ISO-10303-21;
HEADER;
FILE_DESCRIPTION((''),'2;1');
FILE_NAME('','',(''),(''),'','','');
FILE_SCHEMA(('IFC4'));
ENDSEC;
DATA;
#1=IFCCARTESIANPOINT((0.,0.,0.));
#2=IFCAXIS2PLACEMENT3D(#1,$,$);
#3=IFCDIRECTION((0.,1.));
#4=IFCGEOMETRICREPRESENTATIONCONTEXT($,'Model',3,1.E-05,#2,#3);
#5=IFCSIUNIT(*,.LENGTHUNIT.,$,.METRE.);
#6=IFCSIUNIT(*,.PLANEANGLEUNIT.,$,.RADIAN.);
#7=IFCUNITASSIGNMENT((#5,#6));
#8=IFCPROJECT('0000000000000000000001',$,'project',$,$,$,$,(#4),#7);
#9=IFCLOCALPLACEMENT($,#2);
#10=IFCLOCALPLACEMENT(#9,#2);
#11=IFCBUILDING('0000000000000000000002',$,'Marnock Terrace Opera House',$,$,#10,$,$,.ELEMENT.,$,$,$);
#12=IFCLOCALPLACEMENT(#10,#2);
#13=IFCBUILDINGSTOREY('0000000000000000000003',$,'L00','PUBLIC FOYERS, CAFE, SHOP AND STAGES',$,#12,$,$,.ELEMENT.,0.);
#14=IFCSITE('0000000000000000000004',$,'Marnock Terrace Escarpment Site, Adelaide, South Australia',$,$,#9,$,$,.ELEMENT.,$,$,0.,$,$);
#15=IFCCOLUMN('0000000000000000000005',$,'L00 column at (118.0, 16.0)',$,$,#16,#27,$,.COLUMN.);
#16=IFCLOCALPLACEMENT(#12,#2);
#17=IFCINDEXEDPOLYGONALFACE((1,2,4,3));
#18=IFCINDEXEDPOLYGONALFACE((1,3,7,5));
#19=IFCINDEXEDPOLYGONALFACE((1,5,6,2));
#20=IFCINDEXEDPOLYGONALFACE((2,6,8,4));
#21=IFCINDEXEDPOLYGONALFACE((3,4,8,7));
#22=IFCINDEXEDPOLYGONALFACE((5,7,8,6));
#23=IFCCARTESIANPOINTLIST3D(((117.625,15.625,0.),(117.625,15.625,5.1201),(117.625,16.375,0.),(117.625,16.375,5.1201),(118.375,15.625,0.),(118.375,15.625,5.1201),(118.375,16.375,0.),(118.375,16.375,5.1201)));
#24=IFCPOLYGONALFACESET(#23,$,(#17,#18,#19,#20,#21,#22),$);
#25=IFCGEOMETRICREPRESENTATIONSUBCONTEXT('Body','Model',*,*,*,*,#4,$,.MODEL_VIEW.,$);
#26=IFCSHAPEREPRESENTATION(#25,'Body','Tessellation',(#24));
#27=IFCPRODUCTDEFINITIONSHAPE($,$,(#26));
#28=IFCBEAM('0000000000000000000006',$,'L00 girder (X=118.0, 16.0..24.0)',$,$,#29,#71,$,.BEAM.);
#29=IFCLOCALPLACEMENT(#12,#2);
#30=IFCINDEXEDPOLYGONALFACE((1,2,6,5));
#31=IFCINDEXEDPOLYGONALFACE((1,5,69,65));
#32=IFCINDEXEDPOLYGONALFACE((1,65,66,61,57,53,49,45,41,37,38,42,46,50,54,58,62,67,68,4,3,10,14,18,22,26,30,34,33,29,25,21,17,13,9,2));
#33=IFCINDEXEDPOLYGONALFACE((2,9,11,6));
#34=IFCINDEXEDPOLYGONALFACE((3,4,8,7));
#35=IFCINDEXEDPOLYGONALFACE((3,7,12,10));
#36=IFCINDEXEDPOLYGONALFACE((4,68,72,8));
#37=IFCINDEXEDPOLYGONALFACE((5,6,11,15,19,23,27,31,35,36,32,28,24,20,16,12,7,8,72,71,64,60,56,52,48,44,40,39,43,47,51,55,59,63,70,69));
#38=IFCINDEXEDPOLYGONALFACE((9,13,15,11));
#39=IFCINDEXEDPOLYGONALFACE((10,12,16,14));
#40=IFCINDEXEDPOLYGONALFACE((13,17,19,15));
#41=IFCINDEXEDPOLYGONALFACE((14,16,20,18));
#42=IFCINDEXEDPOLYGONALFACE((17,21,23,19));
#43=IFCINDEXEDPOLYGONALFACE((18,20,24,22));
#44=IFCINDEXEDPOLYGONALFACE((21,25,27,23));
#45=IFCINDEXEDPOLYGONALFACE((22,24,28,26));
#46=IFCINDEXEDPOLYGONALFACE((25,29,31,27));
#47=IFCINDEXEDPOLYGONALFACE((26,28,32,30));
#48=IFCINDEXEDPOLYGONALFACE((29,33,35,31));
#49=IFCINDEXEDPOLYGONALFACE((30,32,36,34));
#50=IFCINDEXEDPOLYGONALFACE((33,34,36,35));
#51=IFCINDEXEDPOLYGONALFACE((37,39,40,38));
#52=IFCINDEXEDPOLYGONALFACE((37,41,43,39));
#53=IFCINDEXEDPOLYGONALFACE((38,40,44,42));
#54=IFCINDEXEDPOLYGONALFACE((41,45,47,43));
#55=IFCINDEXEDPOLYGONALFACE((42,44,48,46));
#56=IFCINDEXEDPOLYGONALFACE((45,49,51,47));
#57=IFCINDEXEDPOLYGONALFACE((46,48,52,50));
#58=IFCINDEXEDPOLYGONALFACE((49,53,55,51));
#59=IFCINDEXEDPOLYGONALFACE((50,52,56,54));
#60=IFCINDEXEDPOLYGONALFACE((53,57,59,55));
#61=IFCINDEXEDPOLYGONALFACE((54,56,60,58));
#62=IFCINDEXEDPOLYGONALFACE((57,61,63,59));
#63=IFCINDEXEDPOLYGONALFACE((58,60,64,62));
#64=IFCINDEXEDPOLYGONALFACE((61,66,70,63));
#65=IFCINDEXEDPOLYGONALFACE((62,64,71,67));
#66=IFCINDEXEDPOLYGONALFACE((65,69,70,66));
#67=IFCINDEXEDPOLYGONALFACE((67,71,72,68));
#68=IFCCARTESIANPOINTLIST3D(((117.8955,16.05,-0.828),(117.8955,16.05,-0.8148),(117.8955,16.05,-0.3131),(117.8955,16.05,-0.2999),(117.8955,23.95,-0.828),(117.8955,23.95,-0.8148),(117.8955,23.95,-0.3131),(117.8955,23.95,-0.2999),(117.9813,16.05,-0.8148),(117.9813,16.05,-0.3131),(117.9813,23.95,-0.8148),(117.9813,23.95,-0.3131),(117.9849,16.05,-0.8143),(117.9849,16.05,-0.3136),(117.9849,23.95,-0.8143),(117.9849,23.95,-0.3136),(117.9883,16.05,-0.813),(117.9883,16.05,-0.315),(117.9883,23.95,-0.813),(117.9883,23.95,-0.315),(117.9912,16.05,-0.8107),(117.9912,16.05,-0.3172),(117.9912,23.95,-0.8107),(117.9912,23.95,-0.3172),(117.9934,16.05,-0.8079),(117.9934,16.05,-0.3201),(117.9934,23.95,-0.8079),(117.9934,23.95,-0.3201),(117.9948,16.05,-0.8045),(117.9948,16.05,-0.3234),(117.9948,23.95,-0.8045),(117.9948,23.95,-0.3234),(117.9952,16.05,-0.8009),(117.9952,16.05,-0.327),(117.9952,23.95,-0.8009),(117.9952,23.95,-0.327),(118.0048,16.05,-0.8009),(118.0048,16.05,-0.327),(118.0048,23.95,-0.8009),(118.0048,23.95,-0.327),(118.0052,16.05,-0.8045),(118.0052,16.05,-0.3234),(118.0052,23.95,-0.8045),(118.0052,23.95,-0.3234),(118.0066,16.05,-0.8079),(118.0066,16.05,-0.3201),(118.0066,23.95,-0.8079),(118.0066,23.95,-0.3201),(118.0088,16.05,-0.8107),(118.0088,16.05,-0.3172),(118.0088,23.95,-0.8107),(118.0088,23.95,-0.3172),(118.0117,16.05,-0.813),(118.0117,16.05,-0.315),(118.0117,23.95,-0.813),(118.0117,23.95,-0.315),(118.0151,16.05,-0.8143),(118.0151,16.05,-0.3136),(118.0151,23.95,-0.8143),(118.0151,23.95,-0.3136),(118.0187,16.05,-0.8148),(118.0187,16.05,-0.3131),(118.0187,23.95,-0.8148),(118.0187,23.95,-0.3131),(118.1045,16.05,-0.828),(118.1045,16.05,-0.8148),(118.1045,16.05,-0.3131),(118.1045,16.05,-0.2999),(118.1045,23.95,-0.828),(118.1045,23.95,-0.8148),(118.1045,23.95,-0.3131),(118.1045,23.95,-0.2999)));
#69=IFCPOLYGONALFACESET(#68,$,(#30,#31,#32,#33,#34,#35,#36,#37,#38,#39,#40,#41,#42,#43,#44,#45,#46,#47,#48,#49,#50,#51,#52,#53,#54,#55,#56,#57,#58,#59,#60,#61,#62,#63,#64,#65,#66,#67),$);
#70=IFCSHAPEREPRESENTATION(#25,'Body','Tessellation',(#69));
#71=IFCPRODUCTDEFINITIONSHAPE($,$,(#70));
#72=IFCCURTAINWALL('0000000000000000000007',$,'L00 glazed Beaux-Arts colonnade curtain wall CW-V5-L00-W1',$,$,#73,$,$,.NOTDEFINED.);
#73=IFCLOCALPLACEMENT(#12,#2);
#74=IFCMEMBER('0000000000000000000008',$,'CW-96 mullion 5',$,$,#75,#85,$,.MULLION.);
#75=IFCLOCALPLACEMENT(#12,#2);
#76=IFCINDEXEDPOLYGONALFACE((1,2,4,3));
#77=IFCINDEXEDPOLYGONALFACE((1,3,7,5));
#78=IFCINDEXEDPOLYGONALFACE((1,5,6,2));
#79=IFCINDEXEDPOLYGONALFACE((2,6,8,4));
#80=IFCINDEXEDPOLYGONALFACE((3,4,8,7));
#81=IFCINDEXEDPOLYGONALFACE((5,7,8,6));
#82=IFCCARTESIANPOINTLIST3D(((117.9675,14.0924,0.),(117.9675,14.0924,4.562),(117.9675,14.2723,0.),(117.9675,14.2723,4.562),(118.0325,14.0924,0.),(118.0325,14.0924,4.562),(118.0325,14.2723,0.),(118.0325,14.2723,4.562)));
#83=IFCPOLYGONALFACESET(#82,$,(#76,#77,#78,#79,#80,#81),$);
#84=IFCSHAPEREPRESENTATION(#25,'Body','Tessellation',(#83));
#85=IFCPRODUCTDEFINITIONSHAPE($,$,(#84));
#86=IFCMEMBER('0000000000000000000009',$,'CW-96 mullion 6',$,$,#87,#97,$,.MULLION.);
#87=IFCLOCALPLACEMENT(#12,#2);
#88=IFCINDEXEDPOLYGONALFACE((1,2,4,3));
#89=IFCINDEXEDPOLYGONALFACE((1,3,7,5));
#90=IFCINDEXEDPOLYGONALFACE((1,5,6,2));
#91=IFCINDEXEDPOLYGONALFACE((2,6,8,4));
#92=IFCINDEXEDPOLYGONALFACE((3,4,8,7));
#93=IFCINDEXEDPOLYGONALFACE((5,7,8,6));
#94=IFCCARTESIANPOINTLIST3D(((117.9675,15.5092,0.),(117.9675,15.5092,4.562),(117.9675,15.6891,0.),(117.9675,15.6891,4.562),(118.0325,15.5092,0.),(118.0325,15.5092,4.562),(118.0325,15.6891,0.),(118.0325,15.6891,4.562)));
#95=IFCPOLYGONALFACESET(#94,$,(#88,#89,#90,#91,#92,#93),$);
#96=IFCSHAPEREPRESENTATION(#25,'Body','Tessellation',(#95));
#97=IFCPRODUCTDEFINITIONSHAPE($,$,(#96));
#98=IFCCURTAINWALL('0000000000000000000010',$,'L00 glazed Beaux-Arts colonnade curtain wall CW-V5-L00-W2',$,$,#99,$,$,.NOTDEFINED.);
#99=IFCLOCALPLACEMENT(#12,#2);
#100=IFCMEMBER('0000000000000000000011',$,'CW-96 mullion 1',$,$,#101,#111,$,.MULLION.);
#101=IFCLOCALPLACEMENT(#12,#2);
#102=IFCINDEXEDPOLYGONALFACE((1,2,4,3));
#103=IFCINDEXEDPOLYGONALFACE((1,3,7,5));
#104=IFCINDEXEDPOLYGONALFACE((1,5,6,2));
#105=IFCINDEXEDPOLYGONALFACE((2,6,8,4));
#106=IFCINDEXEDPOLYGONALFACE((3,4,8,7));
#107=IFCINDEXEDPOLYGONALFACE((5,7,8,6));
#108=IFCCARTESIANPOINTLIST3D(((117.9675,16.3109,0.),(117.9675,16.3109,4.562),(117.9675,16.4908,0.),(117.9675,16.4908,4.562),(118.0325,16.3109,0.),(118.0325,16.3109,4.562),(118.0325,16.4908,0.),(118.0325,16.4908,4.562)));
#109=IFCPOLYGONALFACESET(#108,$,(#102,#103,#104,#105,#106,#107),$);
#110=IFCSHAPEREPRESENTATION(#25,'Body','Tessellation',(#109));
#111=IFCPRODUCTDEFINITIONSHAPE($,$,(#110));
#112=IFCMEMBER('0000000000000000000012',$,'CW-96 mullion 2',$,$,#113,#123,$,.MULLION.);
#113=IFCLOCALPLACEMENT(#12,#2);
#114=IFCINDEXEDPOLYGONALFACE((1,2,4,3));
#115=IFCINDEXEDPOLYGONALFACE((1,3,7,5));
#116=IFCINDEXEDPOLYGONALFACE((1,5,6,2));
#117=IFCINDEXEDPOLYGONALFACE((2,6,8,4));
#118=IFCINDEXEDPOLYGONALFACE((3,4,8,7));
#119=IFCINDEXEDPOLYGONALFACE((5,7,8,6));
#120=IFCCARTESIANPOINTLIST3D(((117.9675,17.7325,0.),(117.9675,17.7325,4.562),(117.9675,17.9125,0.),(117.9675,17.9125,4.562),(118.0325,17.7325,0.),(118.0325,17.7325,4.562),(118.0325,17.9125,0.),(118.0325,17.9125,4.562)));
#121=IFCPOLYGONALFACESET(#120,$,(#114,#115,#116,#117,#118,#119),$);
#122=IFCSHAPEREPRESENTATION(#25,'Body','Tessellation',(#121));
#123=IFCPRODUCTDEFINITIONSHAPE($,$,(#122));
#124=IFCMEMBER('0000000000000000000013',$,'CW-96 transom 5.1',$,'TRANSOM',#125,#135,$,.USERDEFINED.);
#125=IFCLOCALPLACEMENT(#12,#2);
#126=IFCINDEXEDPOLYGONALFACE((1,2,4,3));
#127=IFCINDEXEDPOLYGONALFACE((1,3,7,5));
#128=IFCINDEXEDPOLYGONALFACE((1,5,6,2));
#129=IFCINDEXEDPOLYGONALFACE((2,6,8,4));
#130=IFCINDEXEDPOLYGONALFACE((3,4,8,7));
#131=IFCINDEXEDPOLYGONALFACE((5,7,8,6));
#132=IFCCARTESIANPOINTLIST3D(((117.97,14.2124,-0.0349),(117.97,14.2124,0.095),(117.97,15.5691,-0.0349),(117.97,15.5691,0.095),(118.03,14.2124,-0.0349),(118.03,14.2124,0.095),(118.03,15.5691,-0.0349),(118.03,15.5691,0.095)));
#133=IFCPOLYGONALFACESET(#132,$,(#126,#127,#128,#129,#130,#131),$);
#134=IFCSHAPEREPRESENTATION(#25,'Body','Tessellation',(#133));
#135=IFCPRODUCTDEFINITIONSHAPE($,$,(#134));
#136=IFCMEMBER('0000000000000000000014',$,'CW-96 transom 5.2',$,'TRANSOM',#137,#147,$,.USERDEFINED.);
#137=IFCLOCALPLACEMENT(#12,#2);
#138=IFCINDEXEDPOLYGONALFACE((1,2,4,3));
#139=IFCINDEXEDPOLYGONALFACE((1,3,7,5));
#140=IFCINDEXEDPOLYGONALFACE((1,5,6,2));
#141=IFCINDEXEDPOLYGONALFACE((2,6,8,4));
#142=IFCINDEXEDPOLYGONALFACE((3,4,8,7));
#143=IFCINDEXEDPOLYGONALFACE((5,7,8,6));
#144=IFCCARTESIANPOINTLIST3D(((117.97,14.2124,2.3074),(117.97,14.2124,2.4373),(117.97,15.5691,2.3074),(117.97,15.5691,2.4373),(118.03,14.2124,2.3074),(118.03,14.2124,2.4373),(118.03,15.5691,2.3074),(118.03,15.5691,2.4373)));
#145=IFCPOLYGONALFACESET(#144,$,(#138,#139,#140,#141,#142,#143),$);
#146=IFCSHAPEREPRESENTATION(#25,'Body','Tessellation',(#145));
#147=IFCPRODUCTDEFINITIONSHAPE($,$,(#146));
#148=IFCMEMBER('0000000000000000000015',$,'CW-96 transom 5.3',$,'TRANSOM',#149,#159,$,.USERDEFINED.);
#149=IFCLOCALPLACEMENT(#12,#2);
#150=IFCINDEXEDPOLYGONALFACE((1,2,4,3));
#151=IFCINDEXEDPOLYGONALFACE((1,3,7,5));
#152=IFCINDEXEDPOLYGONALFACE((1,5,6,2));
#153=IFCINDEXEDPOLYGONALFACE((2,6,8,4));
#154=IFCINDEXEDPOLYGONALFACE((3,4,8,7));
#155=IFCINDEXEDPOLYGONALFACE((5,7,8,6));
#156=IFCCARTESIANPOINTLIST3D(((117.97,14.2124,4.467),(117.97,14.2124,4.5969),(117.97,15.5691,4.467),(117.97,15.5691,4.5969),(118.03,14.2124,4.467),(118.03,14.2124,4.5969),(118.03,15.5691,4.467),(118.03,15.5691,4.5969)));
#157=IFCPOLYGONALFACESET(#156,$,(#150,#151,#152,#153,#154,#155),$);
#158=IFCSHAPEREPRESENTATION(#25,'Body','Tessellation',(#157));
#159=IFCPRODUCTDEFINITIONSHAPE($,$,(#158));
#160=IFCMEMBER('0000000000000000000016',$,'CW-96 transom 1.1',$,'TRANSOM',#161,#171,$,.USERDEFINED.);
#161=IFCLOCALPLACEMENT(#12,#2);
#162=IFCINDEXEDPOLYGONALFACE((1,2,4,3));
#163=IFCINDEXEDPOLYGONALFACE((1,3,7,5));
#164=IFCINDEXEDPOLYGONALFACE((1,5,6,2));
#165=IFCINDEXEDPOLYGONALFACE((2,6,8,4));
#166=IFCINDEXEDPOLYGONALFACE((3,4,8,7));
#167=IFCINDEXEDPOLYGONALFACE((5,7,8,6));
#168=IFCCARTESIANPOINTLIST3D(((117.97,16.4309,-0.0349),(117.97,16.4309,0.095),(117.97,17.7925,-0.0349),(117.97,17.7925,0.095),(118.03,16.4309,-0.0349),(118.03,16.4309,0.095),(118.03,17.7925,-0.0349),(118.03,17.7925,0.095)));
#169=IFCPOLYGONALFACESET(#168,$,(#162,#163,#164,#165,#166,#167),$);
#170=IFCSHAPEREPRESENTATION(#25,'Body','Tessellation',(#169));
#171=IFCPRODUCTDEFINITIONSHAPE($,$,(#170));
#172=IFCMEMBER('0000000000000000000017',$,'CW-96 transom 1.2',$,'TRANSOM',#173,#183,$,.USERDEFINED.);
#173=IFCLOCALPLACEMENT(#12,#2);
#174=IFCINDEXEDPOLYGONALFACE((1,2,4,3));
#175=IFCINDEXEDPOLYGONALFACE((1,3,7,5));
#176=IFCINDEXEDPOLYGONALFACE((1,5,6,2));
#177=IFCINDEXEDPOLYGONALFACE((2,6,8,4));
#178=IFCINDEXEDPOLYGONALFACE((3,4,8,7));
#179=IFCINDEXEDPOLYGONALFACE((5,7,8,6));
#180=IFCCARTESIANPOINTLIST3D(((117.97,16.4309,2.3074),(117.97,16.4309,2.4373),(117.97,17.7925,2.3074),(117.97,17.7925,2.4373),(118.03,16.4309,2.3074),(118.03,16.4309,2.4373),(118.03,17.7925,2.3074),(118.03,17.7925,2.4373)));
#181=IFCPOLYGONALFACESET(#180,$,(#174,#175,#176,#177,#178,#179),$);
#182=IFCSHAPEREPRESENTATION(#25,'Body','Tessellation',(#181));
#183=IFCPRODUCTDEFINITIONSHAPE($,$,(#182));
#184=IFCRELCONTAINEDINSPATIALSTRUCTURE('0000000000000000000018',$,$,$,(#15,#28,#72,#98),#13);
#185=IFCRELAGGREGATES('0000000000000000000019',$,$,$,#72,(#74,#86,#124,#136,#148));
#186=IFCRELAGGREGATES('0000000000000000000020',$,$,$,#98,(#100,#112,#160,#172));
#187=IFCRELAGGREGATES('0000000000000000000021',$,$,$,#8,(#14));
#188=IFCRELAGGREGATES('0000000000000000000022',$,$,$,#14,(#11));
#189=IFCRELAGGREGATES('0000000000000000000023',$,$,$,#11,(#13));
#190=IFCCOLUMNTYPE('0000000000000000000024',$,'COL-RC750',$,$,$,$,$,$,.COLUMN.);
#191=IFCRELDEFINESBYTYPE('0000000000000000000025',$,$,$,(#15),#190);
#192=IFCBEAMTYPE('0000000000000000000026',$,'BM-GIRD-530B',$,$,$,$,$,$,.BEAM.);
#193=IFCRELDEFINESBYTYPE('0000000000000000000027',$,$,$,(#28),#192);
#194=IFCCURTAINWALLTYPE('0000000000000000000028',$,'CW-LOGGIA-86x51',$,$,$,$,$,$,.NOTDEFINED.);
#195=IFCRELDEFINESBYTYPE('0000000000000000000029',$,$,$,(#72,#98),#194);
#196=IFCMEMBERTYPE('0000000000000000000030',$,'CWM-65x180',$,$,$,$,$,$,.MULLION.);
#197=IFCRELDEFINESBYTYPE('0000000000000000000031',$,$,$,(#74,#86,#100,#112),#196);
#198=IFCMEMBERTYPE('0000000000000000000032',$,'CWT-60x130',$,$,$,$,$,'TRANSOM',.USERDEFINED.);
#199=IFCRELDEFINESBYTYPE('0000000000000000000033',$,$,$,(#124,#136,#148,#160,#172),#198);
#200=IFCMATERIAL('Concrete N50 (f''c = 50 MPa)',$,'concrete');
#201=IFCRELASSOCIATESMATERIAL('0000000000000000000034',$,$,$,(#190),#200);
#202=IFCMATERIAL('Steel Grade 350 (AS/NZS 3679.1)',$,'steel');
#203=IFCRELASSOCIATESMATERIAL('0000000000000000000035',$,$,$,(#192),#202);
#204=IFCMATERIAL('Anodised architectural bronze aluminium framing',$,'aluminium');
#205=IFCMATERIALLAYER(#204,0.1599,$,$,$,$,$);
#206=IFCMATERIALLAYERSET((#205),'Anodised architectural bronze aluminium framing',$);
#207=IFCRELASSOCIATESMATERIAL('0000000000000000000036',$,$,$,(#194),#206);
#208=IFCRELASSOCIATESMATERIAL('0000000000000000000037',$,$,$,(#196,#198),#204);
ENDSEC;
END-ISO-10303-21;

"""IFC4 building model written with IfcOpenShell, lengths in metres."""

from ifc_helpers import new_model, si_unit, direction, frame, origin, origin_2d, place, context, subcontext, project, spatial, rectangle, i_section, extrude, material, layer, layer_set, material_profile, profile_set, type_object, element, aggregate, save


model = new_model("IFC4")

# Units and contexts
model_context = context("Model", 3, precision=1e-05, world=origin(), true_north=direction((0.0, 1.0)))
body_context = subcontext(model_context, "Body", "Model", "MODEL_VIEW")
ifc_project = project(units=[si_unit("LENGTHUNIT", "METRE"), si_unit("PLANEANGLEUNIT", "RADIAN")], contexts=[model_context])

# Site, building, storey
site_placement = place(None, origin())
site = spatial("IfcSite", under=ifc_project, at=site_placement, Name="Marnock Terrace Escarpment Site, Adelaide, South Australia", CompositionType="ELEMENT", RefElevation=0.0)
building_placement = place(site_placement, origin())
building = spatial("IfcBuilding", under=site, at=building_placement, Name="Marnock Terrace Opera House", CompositionType="ELEMENT")
storey_placement = place(building_placement, origin())
storey = spatial("IfcBuildingStorey", under=building, at=storey_placement, Name="L00", Description="PUBLIC FOYERS, CAFE, SHOP AND STAGES", CompositionType="ELEMENT", Elevation=0.0)

# Column
ifc_material_1 = material(Name="Concrete N50 (f'c = 50 MPa)", Category="concrete")
ifc_material_profile_1 = material_profile(ifc_material_1, rectangle(XDim=0.75, YDim=0.75, at=origin_2d()))
ifc_profile_set_1 = profile_set([ifc_material_profile_1], Name="Concrete N50 (f'c = 50 MPa)")
column_type = type_object("IfcColumnType", Name="COL-RC750", PredefinedType="COLUMN", material=ifc_profile_set_1)
column_placement = place(storey_placement, frame((118.0, 16.0, 0.0), z_axis=(0.0, 0.0, 1.0), x_axis=(1.0, 0.0, 0.0)))
element("IfcColumn", 1, at=column_placement, inside=storey, type_object=column_type, Name="L00 column at (118.0, 16.0)", PredefinedType="COLUMN", context=body_context, shape_type="SweptSolid", body=[
    extrude(rectangle(XDim=0.75, YDim=0.75, at=origin_2d()), origin(), (0.0, 0.0, 1.0), 5.1201),
])

# Beam
ifc_material_2 = material(Name="Steel Grade 350 (AS/NZS 3679.1)", Category="steel")
ifc_material_profile_2 = material_profile(ifc_material_2, i_section(OverallWidth=0.209, OverallDepth=0.5281, WebThickness=0.0095, FlangeThickness=0.0132, FilletRadius=0.0139, at=origin_2d()))
ifc_profile_set_2 = profile_set([ifc_material_profile_2], Name="Steel Grade 350 (AS/NZS 3679.1)")
beam_type = type_object("IfcBeamType", Name="BM-GIRD-530B", PredefinedType="BEAM", material=ifc_profile_set_2)
beam_placement = place(storey_placement, frame((118.0, 16.05, -0.564), z_axis=(0.0, 1.0, 0.0), x_axis=(-1.0, 0.0, 0.0)))
element("IfcBeam", 2, at=beam_placement, inside=storey, type_object=beam_type, Name="L00 girder (X=118.0, 16.0..24.0)", PredefinedType="BEAM", context=body_context, shape_type="SweptSolid", body=[
    extrude(i_section(OverallWidth=0.209, OverallDepth=0.5281, WebThickness=0.0095, FlangeThickness=0.0132, FilletRadius=0.0139, at=origin_2d()), origin(), (0.0, 0.0, 1.0), 7.8999),
])

# Curtain walls, members
ifc_material_3 = material(Name="Anodised architectural bronze aluminium framing", Category="aluminium")
ifc_layer_1 = layer(ifc_material_3, 0.1599)
ifc_layer_set_1 = layer_set([ifc_layer_1], Name="Anodised architectural bronze aluminium framing")
curtain_wall_type = type_object("IfcCurtainWallType", Name="CW-LOGGIA-86x51", PredefinedType="NOTDEFINED", material=ifc_layer_set_1)
curtain_wall_1_placement = place(storey_placement, origin())
curtain_wall_1 = element("IfcCurtainWall", 3, at=curtain_wall_1_placement, inside=storey, type_object=curtain_wall_type, Name="L00 glazed Beaux-Arts colonnade curtain wall CW-V5-L00-W1", PredefinedType="NOTDEFINED")
ifc_material_profile_3 = material_profile(ifc_material_3, rectangle(XDim=0.0649, YDim=0.1799, at=origin_2d()))
ifc_profile_set_3 = profile_set([ifc_material_profile_3], Name="Anodised architectural bronze aluminium framing")
member_type_1 = type_object("IfcMemberType", Name="CWM-65x180", PredefinedType="MULLION", material=ifc_profile_set_3)
member_1_placement = place(storey_placement, frame((118.0, 14.1824, 0.0), z_axis=(0.0, 0.0, 1.0), x_axis=(-1.0, 0.0, 0.0)))
member_1 = element("IfcMember", 4, at=member_1_placement, type_object=member_type_1, Name="CW-96 mullion 5", PredefinedType="MULLION", context=body_context, shape_type="SweptSolid", body=[
    extrude(rectangle(XDim=0.0649, YDim=0.1799, at=origin_2d()), origin(), (0.0, 0.0, 1.0), 4.562),
])
member_2_placement = place(storey_placement, frame((118.0, 15.5991, 0.0), z_axis=(0.0, 0.0, 1.0), x_axis=(-1.0, 0.0, 0.0)))
member_2 = element("IfcMember", 5, at=member_2_placement, type_object=member_type_1, Name="CW-96 mullion 6", PredefinedType="MULLION", context=body_context, shape_type="SweptSolid", body=[
    extrude(rectangle(XDim=0.0649, YDim=0.1799, at=origin_2d()), origin(), (0.0, 0.0, 1.0), 4.562),
])
curtain_wall_2_placement = place(storey_placement, origin())
curtain_wall_2 = element("IfcCurtainWall", 6, at=curtain_wall_2_placement, inside=storey, type_object=curtain_wall_type, Name="L00 glazed Beaux-Arts colonnade curtain wall CW-V5-L00-W2", PredefinedType="NOTDEFINED")
member_3_placement = place(storey_placement, frame((118.0, 16.4009, 0.0), z_axis=(0.0, 0.0, 1.0), x_axis=(-1.0, 0.0, 0.0)))
member_3 = element("IfcMember", 7, at=member_3_placement, type_object=member_type_1, Name="CW-96 mullion 1", PredefinedType="MULLION", context=body_context, shape_type="SweptSolid", body=[
    extrude(rectangle(XDim=0.0649, YDim=0.1799, at=origin_2d()), origin(), (0.0, 0.0, 1.0), 4.562),
])
member_4_placement = place(storey_placement, frame((118.0, 17.8225, 0.0), z_axis=(0.0, 0.0, 1.0), x_axis=(-1.0, 0.0, 0.0)))
member_4 = element("IfcMember", 8, at=member_4_placement, type_object=member_type_1, Name="CW-96 mullion 2", PredefinedType="MULLION", context=body_context, shape_type="SweptSolid", body=[
    extrude(rectangle(XDim=0.0649, YDim=0.1799, at=origin_2d()), origin(), (0.0, 0.0, 1.0), 4.562),
])

# Members
ifc_material_profile_4 = material_profile(ifc_material_3, rectangle(XDim=0.0601, YDim=0.1299, at=origin_2d()))
ifc_profile_set_4 = profile_set([ifc_material_profile_4], Name="Anodised architectural bronze aluminium framing")
member_type_2 = type_object("IfcMemberType", Name="CWT-60x130", ElementType="TRANSOM", PredefinedType="USERDEFINED", material=ifc_profile_set_4)
member_5_placement = place(storey_placement, frame((118.0, 14.2124, 0.03), z_axis=(0.0, 1.0, 0.0), x_axis=(-1.0, 0.0, 0.0)))
member_5 = element("IfcMember", 9, at=member_5_placement, type_object=member_type_2, Name="CW-96 transom 5.1", ObjectType="TRANSOM", PredefinedType="USERDEFINED", context=body_context, shape_type="SweptSolid", body=[
    extrude(rectangle(XDim=0.0601, YDim=0.1299, at=origin_2d()), origin(), (0.0, 0.0, 1.0), 1.3567),
])
member_6_placement = place(storey_placement, frame((118.0, 14.2124, 2.3723), z_axis=(0.0, 1.0, 0.0), x_axis=(-1.0, 0.0, 0.0)))
member_6 = element("IfcMember", 10, at=member_6_placement, type_object=member_type_2, Name="CW-96 transom 5.2", ObjectType="TRANSOM", PredefinedType="USERDEFINED", context=body_context, shape_type="SweptSolid", body=[
    extrude(rectangle(XDim=0.0601, YDim=0.1299, at=origin_2d()), origin(), (0.0, 0.0, 1.0), 1.3567),
])
member_7_placement = place(storey_placement, frame((118.0, 14.2124, 4.532), z_axis=(0.0, 1.0, 0.0), x_axis=(-1.0, 0.0, 0.0)))
member_7 = element("IfcMember", 11, at=member_7_placement, type_object=member_type_2, Name="CW-96 transom 5.3", ObjectType="TRANSOM", PredefinedType="USERDEFINED", context=body_context, shape_type="SweptSolid", body=[
    extrude(rectangle(XDim=0.0601, YDim=0.1299, at=origin_2d()), origin(), (0.0, 0.0, 1.0), 1.3567),
])
member_8_placement = place(storey_placement, frame((118.0, 16.4309, 0.03), z_axis=(0.0, 1.0, 0.0), x_axis=(-1.0, 0.0, 0.0)))
member_8 = element("IfcMember", 12, at=member_8_placement, type_object=member_type_2, Name="CW-96 transom 1.1", ObjectType="TRANSOM", PredefinedType="USERDEFINED", context=body_context, shape_type="SweptSolid", body=[
    extrude(rectangle(XDim=0.0601, YDim=0.1299, at=origin_2d()), origin(), (0.0, 0.0, 1.0), 1.3616),
])
member_9_placement = place(storey_placement, frame((118.0, 16.4309, 2.3723), z_axis=(0.0, 1.0, 0.0), x_axis=(-1.0, 0.0, 0.0)))
member_9 = element("IfcMember", 13, at=member_9_placement, type_object=member_type_2, Name="CW-96 transom 1.2", ObjectType="TRANSOM", PredefinedType="USERDEFINED", context=body_context, shape_type="SweptSolid", body=[
    extrude(rectangle(XDim=0.0601, YDim=0.1299, at=origin_2d()), origin(), (0.0, 0.0, 1.0), 1.3616),
])

aggregate(curtain_wall_1, [member_1, member_2, member_5, member_6, member_7])
aggregate(curtain_wall_2, [member_3, member_4, member_8, member_9])

save(model, "model.ifc")
